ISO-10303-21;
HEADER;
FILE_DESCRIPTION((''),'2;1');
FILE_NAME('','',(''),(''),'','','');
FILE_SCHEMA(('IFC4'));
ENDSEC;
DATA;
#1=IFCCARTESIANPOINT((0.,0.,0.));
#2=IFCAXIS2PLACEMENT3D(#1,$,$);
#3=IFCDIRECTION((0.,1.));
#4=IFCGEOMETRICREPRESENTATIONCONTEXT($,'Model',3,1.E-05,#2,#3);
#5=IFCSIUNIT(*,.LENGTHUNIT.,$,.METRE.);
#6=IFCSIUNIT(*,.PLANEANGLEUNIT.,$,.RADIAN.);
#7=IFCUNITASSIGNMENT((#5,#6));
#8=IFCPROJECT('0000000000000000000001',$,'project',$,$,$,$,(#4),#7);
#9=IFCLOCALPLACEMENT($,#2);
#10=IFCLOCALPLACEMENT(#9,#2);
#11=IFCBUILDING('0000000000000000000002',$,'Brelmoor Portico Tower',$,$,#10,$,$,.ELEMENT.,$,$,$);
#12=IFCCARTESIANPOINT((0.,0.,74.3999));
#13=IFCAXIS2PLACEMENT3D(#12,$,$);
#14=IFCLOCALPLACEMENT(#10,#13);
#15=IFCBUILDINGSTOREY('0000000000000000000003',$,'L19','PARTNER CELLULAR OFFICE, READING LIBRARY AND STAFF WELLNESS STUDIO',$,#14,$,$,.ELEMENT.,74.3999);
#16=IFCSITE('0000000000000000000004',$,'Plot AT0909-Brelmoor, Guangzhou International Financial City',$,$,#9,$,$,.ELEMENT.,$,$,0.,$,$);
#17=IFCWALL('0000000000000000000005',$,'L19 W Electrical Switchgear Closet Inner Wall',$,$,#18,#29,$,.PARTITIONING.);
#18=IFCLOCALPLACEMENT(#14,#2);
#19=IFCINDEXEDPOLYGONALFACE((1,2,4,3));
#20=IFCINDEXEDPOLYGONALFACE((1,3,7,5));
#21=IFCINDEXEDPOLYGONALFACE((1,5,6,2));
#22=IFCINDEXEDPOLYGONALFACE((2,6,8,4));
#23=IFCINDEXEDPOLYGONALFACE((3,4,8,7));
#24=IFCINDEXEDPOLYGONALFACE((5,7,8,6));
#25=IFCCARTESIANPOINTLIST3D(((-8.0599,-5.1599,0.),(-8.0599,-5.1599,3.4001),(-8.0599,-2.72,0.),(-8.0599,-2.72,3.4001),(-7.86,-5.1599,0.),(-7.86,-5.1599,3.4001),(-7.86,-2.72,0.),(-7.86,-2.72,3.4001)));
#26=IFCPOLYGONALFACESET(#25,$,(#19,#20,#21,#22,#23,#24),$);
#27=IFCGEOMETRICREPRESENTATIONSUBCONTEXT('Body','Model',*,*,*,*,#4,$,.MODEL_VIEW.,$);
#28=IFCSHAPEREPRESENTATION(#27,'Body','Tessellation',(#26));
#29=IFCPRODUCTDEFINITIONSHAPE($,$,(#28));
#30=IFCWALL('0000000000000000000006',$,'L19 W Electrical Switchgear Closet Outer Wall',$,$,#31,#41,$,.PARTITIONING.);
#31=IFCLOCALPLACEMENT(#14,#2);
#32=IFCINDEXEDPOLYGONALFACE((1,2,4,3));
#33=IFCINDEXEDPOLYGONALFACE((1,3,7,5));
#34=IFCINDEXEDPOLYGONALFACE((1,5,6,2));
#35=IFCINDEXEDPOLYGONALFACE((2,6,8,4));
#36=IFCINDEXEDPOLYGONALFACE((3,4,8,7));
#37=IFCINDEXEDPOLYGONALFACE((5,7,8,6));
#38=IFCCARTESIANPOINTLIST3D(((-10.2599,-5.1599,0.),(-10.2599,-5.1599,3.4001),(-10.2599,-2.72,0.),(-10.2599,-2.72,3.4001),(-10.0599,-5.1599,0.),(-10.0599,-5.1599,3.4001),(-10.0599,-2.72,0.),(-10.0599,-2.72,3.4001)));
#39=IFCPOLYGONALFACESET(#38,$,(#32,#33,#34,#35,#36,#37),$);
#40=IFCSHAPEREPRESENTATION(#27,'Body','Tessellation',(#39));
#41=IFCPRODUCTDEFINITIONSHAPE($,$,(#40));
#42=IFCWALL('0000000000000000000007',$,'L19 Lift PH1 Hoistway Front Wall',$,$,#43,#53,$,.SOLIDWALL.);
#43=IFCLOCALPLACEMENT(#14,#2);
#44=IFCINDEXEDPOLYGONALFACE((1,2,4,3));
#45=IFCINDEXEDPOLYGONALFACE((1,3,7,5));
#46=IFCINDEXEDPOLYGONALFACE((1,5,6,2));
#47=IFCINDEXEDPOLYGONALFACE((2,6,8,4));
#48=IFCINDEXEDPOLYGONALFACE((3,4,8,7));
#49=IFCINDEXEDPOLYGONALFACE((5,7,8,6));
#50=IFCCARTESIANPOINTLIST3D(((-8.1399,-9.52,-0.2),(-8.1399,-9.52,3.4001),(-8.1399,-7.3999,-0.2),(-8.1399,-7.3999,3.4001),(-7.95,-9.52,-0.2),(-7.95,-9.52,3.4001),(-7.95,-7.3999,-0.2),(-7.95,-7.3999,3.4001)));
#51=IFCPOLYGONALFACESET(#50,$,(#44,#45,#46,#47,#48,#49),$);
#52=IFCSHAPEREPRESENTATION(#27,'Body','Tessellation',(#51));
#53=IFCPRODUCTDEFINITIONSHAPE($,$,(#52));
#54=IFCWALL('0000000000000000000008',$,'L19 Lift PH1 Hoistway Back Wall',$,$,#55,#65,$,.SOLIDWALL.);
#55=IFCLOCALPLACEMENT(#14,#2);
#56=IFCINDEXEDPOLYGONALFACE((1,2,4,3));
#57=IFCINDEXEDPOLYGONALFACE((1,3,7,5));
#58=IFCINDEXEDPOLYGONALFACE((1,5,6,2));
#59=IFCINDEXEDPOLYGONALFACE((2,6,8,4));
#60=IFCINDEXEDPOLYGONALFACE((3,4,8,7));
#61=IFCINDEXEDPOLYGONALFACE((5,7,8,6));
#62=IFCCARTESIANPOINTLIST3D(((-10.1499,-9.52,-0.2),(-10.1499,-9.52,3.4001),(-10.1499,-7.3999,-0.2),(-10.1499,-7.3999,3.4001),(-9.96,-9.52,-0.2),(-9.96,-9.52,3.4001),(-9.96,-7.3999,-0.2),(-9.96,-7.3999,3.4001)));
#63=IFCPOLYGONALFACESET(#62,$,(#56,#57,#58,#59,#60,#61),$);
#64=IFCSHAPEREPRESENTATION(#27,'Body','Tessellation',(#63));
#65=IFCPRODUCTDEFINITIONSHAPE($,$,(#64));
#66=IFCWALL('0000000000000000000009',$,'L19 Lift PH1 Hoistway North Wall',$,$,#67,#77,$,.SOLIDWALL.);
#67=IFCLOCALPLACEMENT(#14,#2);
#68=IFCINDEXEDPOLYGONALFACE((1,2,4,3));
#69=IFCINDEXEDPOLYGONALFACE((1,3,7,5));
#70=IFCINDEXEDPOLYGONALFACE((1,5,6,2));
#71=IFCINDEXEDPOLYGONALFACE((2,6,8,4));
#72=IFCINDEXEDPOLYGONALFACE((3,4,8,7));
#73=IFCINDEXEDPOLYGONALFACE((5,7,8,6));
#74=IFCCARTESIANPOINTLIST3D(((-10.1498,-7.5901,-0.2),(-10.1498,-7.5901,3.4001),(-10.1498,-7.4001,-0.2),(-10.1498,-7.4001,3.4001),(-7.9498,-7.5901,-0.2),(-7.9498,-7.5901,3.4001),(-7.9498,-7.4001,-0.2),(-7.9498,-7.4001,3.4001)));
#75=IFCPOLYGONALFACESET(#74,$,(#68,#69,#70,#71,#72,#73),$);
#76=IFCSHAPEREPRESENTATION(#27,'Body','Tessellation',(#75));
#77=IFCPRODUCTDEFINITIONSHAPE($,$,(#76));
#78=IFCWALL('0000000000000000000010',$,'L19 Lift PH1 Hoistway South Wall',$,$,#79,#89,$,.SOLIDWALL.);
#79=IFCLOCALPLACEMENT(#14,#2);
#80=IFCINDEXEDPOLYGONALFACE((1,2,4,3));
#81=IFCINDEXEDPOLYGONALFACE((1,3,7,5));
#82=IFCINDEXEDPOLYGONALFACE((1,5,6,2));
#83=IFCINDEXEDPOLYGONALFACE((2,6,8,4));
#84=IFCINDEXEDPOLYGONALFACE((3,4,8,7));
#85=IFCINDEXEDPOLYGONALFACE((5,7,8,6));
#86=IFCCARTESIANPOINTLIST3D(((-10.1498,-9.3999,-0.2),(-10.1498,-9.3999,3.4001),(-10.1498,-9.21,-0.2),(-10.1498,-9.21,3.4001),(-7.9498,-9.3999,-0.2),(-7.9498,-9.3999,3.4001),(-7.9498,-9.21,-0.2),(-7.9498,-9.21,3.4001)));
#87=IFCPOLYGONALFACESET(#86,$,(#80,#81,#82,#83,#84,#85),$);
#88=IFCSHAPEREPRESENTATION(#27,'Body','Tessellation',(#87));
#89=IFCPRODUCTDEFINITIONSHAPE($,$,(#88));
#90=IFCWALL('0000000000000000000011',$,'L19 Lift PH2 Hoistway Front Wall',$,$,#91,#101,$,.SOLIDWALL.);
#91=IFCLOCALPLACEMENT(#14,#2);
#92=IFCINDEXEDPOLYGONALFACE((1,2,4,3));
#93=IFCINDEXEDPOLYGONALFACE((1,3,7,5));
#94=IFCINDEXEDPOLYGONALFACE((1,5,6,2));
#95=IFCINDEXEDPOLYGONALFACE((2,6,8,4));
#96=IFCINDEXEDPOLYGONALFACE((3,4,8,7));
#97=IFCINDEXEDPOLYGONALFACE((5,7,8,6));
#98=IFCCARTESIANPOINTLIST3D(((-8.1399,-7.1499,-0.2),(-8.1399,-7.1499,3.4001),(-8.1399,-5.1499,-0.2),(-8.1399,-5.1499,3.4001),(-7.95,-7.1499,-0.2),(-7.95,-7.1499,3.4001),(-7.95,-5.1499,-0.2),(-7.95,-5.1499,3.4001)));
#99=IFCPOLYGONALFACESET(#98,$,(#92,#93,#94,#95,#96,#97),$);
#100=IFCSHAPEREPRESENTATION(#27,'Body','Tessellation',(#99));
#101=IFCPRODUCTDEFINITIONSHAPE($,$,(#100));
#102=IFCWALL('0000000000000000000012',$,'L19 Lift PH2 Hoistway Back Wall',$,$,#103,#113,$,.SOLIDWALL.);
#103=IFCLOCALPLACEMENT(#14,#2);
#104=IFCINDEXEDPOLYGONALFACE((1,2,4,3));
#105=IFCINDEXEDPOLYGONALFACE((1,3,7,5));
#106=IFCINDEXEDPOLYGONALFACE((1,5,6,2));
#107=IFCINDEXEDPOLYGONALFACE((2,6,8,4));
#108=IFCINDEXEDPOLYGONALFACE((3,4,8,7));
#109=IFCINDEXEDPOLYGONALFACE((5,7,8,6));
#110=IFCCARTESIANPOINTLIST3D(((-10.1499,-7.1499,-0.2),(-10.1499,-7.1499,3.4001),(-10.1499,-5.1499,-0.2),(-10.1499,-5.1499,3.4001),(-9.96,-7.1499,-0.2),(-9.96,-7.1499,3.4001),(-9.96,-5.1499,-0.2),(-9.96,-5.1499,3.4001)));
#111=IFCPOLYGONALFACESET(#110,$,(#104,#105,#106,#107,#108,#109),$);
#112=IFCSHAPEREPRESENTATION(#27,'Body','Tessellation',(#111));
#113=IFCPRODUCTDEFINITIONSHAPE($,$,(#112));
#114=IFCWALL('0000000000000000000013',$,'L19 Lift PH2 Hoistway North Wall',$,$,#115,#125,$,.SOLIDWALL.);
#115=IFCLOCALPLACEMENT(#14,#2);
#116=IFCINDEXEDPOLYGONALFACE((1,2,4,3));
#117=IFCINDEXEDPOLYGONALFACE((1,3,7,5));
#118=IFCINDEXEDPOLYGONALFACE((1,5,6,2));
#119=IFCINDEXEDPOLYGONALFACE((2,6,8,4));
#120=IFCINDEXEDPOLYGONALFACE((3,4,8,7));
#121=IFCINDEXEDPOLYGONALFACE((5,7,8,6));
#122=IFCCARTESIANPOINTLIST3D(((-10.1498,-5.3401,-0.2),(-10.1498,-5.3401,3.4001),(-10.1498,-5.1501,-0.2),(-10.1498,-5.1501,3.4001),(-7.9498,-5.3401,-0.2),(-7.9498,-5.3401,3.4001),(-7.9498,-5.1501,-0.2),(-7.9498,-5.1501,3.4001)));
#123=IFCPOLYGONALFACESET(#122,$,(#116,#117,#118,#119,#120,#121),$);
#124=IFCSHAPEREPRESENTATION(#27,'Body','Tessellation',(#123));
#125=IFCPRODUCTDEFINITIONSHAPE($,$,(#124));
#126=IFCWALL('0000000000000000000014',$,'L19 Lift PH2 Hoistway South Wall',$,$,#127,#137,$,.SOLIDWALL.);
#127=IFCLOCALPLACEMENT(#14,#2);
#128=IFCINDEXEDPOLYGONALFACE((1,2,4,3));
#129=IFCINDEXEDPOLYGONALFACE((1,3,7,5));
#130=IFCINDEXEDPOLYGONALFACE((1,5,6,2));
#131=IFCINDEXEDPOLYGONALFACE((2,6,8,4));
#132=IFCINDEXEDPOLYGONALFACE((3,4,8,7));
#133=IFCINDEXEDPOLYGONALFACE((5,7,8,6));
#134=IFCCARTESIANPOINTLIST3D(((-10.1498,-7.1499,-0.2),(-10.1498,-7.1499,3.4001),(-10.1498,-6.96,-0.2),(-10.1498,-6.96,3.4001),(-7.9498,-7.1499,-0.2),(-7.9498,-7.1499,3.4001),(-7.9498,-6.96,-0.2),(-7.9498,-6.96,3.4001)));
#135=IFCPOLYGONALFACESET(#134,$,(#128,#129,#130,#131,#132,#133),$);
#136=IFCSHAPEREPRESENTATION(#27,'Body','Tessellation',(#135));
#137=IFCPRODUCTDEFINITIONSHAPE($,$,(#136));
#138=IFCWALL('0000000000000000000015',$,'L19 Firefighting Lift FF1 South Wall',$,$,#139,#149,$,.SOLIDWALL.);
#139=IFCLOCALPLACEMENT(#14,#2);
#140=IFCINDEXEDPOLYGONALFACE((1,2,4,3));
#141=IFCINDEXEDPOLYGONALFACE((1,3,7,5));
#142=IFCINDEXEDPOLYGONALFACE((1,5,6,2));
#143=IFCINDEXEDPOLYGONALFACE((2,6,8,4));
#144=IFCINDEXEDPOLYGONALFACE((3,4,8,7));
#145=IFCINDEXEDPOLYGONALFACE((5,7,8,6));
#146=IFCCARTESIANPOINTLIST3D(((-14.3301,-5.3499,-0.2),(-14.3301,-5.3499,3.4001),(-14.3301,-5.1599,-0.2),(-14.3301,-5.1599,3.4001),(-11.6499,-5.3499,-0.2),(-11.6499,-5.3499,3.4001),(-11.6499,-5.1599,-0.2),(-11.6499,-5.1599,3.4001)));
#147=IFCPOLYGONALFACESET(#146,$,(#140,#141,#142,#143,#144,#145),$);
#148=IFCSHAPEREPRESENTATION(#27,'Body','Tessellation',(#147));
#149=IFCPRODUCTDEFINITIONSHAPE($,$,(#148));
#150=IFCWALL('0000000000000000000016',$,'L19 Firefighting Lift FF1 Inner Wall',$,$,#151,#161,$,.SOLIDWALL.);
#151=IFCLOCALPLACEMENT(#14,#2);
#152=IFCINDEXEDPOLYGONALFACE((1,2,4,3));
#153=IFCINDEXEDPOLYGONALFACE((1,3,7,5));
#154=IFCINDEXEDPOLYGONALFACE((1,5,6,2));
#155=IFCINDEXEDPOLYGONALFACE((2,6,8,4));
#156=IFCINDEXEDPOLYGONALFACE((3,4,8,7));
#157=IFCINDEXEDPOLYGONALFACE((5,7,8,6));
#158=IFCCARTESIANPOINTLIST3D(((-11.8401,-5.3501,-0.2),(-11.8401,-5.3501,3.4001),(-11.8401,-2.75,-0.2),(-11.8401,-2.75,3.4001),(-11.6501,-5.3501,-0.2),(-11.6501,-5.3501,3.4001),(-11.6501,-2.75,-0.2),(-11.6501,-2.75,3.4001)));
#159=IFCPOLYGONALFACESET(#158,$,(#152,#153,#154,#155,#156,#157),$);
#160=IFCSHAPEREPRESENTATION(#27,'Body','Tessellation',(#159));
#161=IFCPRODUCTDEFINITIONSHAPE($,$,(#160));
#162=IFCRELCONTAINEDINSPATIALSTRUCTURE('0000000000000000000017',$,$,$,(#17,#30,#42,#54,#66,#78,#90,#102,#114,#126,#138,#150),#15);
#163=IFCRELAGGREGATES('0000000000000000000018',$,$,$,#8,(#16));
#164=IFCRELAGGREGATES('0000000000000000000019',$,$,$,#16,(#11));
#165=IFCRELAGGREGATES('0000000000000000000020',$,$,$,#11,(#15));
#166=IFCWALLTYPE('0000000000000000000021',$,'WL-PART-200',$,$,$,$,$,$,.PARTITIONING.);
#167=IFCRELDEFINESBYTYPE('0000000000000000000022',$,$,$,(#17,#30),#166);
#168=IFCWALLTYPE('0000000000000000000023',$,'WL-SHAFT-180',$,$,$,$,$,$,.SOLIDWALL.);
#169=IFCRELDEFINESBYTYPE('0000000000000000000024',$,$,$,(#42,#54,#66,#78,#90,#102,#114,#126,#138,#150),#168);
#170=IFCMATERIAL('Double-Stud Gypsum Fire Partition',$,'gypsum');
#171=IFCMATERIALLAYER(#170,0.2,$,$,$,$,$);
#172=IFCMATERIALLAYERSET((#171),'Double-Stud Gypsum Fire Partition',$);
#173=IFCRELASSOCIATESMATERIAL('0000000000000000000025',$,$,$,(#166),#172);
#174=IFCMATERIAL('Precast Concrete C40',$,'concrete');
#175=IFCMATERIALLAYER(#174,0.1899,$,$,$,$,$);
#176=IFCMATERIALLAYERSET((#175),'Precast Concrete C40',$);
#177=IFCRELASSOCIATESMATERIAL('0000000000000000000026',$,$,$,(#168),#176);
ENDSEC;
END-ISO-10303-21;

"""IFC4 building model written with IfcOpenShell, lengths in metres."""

from ifc_helpers import new_model, si_unit, direction, frame, frame_2d, origin, place, context, subcontext, project, spatial, rectangle, extrude, material, layer, layer_set, type_object, element, save


model = new_model("IFC4")

# Units and contexts
model_context = context("Model", 3, precision=1e-05, world=origin(), true_north=direction((0.0, 1.0)))
body_context = subcontext(model_context, "Body", "Model", "MODEL_VIEW")
ifc_project = project(units=[si_unit("LENGTHUNIT", "METRE"), si_unit("PLANEANGLEUNIT", "RADIAN")], contexts=[model_context])

# Site, building, storey
site_placement = place(None, origin())
site = spatial("IfcSite", under=ifc_project, at=site_placement, Name="Plot AT0909-Brelmoor, Guangzhou International Financial City", CompositionType="ELEMENT", RefElevation=0.0)
building_placement = place(site_placement, origin())
building = spatial("IfcBuilding", under=site, at=building_placement, Name="Brelmoor Portico Tower", CompositionType="ELEMENT")
storey_placement = place(building_placement, frame((0.0, 0.0, 74.3999)))
storey = spatial("IfcBuildingStorey", under=building, at=storey_placement, Name="L19", Description="PARTNER CELLULAR OFFICE, READING LIBRARY AND STAFF WELLNESS STUDIO", CompositionType="ELEMENT", Elevation=74.3999)

# Walls
ifc_material_1 = material(Name="Double-Stud Gypsum Fire Partition", Category="gypsum")
ifc_layer_1 = layer(ifc_material_1, 0.2)
ifc_layer_set_1 = layer_set([ifc_layer_1], Name="Double-Stud Gypsum Fire Partition")
wall_type_1 = type_object("IfcWallType", Name="WL-PART-200", PredefinedType="PARTITIONING", material=ifc_layer_set_1)
for number, where, z_axis, x_axis, name in (
    (1, (-7.96, -5.1599, 0.0), (0.0, 0.0, 1.0), (0.0, 1.0, 0.0), "L19 W Electrical Switchgear Closet Inner Wall"),
    (2, (-10.1599, -5.1599, 0.0), (0.0, 0.0, 1.0), (0.0, 1.0, 0.0), "L19 W Electrical Switchgear Closet Outer Wall"),
):
    element("IfcWall", number, at=place(storey_placement, frame(where, z_axis=z_axis, x_axis=x_axis)), inside=storey, type_object=wall_type_1, Name=name, PredefinedType="PARTITIONING", context=body_context, shape_type="SweptSolid", body=[
        extrude(rectangle(XDim=2.4399, YDim=0.2, at=frame_2d((1.22, 0.0))), origin(), (0.0, 0.0, 1.0), 3.4001),
    ])
ifc_material_2 = material(Name="Precast Concrete C40", Category="concrete")
ifc_layer_2 = layer(ifc_material_2, 0.1899)
ifc_layer_set_2 = layer_set([ifc_layer_2], Name="Precast Concrete C40")
wall_type_2 = type_object("IfcWallType", Name="WL-SHAFT-180", PredefinedType="SOLIDWALL", material=ifc_layer_set_2)
for number, where, z_axis, x_axis, name in (
    (3, (-8.0449, -9.52, -0.2), (0.0, 0.0, 1.0), (0.0, 1.0, 0.0), "L19 Lift PH1 Hoistway Front Wall"),
    (4, (-10.0549, -9.52, -0.2), (0.0, 0.0, 1.0), (0.0, 1.0, 0.0), "L19 Lift PH1 Hoistway Back Wall"),
):
    element("IfcWall", number, at=place(storey_placement, frame(where, z_axis=z_axis, x_axis=x_axis)), inside=storey, type_object=wall_type_2, Name=name, PredefinedType="SOLIDWALL", context=body_context, shape_type="SweptSolid", body=[
        extrude(rectangle(XDim=2.1201, YDim=0.1899, at=frame_2d((1.0601, 0.0))), origin(), (0.0, 0.0, 1.0), 3.6001),
    ])
for number, where, z_axis, x_axis, name in (
    (5, (-10.1499, -7.4951, -0.2), (0.0, 0.0, 1.0), (1.0, 0.0, 0.0), "L19 Lift PH1 Hoistway North Wall"),
    (6, (-10.1499, -9.3049, -0.2), (0.0, 0.0, 1.0), (1.0, 0.0, 0.0), "L19 Lift PH1 Hoistway South Wall"),
):
    element("IfcWall", number, at=place(storey_placement, frame(where, z_axis=z_axis, x_axis=x_axis)), inside=storey, type_object=wall_type_2, Name=name, PredefinedType="SOLIDWALL", context=body_context, shape_type="SweptSolid", body=[
        extrude(rectangle(XDim=2.2, YDim=0.1899, at=frame_2d((1.1001, 0.0))), origin(), (0.0, 0.0, 1.0), 3.6001),
    ])
for number, where, z_axis, x_axis, name in (
    (7, (-8.0449, -7.1499, -0.2), (0.0, 0.0, 1.0), (0.0, 1.0, 0.0), "L19 Lift PH2 Hoistway Front Wall"),
    (8, (-10.0549, -7.1499, -0.2), (0.0, 0.0, 1.0), (0.0, 1.0, 0.0), "L19 Lift PH2 Hoistway Back Wall"),
):
    element("IfcWall", number, at=place(storey_placement, frame(where, z_axis=z_axis, x_axis=x_axis)), inside=storey, type_object=wall_type_2, Name=name, PredefinedType="SOLIDWALL", context=body_context, shape_type="SweptSolid", body=[
        extrude(rectangle(XDim=2.0, YDim=0.1899, at=frame_2d((1.0, 0.0))), origin(), (0.0, 0.0, 1.0), 3.6001),
    ])
for number, where, z_axis, x_axis, name in (
    (9, (-10.1499, -5.2451, -0.2), (0.0, 0.0, 1.0), (1.0, 0.0, 0.0), "L19 Lift PH2 Hoistway North Wall"),
    (10, (-10.1499, -7.0549, -0.2), (0.0, 0.0, 1.0), (1.0, 0.0, 0.0), "L19 Lift PH2 Hoistway South Wall"),
):
    element("IfcWall", number, at=place(storey_placement, frame(where, z_axis=z_axis, x_axis=x_axis)), inside=storey, type_object=wall_type_2, Name=name, PredefinedType="SOLIDWALL", context=body_context, shape_type="SweptSolid", body=[
        extrude(rectangle(XDim=2.2, YDim=0.1899, at=frame_2d((1.1001, 0.0))), origin(), (0.0, 0.0, 1.0), 3.6001),
    ])
wall_1_placement = place(storey_placement, frame((-14.3301, -5.2549, -0.2), z_axis=(0.0, 0.0, 1.0), x_axis=(1.0, 0.0, 0.0)))
element("IfcWall", 11, at=wall_1_placement, inside=storey, type_object=wall_type_2, Name="L19 Firefighting Lift FF1 South Wall", PredefinedType="SOLIDWALL", context=body_context, shape_type="SweptSolid", body=[
    extrude(rectangle(XDim=2.6802, YDim=0.1899, at=frame_2d((1.3401, 0.0))), origin(), (0.0, 0.0, 1.0), 3.6001),
])
wall_2_placement = place(storey_placement, frame((-11.7451, -5.3501, -0.2), z_axis=(0.0, 0.0, 1.0), x_axis=(0.0, 1.0, 0.0)))
element("IfcWall", 12, at=wall_2_placement, inside=storey, type_object=wall_type_2, Name="L19 Firefighting Lift FF1 Inner Wall", PredefinedType="SOLIDWALL", context=body_context, shape_type="SweptSolid", body=[
    extrude(rectangle(XDim=2.6001, YDim=0.1899, at=frame_2d((1.3, 0.0))), origin(), (0.0, 0.0, 1.0), 3.6001),
])

save(model, "model.ifc")
